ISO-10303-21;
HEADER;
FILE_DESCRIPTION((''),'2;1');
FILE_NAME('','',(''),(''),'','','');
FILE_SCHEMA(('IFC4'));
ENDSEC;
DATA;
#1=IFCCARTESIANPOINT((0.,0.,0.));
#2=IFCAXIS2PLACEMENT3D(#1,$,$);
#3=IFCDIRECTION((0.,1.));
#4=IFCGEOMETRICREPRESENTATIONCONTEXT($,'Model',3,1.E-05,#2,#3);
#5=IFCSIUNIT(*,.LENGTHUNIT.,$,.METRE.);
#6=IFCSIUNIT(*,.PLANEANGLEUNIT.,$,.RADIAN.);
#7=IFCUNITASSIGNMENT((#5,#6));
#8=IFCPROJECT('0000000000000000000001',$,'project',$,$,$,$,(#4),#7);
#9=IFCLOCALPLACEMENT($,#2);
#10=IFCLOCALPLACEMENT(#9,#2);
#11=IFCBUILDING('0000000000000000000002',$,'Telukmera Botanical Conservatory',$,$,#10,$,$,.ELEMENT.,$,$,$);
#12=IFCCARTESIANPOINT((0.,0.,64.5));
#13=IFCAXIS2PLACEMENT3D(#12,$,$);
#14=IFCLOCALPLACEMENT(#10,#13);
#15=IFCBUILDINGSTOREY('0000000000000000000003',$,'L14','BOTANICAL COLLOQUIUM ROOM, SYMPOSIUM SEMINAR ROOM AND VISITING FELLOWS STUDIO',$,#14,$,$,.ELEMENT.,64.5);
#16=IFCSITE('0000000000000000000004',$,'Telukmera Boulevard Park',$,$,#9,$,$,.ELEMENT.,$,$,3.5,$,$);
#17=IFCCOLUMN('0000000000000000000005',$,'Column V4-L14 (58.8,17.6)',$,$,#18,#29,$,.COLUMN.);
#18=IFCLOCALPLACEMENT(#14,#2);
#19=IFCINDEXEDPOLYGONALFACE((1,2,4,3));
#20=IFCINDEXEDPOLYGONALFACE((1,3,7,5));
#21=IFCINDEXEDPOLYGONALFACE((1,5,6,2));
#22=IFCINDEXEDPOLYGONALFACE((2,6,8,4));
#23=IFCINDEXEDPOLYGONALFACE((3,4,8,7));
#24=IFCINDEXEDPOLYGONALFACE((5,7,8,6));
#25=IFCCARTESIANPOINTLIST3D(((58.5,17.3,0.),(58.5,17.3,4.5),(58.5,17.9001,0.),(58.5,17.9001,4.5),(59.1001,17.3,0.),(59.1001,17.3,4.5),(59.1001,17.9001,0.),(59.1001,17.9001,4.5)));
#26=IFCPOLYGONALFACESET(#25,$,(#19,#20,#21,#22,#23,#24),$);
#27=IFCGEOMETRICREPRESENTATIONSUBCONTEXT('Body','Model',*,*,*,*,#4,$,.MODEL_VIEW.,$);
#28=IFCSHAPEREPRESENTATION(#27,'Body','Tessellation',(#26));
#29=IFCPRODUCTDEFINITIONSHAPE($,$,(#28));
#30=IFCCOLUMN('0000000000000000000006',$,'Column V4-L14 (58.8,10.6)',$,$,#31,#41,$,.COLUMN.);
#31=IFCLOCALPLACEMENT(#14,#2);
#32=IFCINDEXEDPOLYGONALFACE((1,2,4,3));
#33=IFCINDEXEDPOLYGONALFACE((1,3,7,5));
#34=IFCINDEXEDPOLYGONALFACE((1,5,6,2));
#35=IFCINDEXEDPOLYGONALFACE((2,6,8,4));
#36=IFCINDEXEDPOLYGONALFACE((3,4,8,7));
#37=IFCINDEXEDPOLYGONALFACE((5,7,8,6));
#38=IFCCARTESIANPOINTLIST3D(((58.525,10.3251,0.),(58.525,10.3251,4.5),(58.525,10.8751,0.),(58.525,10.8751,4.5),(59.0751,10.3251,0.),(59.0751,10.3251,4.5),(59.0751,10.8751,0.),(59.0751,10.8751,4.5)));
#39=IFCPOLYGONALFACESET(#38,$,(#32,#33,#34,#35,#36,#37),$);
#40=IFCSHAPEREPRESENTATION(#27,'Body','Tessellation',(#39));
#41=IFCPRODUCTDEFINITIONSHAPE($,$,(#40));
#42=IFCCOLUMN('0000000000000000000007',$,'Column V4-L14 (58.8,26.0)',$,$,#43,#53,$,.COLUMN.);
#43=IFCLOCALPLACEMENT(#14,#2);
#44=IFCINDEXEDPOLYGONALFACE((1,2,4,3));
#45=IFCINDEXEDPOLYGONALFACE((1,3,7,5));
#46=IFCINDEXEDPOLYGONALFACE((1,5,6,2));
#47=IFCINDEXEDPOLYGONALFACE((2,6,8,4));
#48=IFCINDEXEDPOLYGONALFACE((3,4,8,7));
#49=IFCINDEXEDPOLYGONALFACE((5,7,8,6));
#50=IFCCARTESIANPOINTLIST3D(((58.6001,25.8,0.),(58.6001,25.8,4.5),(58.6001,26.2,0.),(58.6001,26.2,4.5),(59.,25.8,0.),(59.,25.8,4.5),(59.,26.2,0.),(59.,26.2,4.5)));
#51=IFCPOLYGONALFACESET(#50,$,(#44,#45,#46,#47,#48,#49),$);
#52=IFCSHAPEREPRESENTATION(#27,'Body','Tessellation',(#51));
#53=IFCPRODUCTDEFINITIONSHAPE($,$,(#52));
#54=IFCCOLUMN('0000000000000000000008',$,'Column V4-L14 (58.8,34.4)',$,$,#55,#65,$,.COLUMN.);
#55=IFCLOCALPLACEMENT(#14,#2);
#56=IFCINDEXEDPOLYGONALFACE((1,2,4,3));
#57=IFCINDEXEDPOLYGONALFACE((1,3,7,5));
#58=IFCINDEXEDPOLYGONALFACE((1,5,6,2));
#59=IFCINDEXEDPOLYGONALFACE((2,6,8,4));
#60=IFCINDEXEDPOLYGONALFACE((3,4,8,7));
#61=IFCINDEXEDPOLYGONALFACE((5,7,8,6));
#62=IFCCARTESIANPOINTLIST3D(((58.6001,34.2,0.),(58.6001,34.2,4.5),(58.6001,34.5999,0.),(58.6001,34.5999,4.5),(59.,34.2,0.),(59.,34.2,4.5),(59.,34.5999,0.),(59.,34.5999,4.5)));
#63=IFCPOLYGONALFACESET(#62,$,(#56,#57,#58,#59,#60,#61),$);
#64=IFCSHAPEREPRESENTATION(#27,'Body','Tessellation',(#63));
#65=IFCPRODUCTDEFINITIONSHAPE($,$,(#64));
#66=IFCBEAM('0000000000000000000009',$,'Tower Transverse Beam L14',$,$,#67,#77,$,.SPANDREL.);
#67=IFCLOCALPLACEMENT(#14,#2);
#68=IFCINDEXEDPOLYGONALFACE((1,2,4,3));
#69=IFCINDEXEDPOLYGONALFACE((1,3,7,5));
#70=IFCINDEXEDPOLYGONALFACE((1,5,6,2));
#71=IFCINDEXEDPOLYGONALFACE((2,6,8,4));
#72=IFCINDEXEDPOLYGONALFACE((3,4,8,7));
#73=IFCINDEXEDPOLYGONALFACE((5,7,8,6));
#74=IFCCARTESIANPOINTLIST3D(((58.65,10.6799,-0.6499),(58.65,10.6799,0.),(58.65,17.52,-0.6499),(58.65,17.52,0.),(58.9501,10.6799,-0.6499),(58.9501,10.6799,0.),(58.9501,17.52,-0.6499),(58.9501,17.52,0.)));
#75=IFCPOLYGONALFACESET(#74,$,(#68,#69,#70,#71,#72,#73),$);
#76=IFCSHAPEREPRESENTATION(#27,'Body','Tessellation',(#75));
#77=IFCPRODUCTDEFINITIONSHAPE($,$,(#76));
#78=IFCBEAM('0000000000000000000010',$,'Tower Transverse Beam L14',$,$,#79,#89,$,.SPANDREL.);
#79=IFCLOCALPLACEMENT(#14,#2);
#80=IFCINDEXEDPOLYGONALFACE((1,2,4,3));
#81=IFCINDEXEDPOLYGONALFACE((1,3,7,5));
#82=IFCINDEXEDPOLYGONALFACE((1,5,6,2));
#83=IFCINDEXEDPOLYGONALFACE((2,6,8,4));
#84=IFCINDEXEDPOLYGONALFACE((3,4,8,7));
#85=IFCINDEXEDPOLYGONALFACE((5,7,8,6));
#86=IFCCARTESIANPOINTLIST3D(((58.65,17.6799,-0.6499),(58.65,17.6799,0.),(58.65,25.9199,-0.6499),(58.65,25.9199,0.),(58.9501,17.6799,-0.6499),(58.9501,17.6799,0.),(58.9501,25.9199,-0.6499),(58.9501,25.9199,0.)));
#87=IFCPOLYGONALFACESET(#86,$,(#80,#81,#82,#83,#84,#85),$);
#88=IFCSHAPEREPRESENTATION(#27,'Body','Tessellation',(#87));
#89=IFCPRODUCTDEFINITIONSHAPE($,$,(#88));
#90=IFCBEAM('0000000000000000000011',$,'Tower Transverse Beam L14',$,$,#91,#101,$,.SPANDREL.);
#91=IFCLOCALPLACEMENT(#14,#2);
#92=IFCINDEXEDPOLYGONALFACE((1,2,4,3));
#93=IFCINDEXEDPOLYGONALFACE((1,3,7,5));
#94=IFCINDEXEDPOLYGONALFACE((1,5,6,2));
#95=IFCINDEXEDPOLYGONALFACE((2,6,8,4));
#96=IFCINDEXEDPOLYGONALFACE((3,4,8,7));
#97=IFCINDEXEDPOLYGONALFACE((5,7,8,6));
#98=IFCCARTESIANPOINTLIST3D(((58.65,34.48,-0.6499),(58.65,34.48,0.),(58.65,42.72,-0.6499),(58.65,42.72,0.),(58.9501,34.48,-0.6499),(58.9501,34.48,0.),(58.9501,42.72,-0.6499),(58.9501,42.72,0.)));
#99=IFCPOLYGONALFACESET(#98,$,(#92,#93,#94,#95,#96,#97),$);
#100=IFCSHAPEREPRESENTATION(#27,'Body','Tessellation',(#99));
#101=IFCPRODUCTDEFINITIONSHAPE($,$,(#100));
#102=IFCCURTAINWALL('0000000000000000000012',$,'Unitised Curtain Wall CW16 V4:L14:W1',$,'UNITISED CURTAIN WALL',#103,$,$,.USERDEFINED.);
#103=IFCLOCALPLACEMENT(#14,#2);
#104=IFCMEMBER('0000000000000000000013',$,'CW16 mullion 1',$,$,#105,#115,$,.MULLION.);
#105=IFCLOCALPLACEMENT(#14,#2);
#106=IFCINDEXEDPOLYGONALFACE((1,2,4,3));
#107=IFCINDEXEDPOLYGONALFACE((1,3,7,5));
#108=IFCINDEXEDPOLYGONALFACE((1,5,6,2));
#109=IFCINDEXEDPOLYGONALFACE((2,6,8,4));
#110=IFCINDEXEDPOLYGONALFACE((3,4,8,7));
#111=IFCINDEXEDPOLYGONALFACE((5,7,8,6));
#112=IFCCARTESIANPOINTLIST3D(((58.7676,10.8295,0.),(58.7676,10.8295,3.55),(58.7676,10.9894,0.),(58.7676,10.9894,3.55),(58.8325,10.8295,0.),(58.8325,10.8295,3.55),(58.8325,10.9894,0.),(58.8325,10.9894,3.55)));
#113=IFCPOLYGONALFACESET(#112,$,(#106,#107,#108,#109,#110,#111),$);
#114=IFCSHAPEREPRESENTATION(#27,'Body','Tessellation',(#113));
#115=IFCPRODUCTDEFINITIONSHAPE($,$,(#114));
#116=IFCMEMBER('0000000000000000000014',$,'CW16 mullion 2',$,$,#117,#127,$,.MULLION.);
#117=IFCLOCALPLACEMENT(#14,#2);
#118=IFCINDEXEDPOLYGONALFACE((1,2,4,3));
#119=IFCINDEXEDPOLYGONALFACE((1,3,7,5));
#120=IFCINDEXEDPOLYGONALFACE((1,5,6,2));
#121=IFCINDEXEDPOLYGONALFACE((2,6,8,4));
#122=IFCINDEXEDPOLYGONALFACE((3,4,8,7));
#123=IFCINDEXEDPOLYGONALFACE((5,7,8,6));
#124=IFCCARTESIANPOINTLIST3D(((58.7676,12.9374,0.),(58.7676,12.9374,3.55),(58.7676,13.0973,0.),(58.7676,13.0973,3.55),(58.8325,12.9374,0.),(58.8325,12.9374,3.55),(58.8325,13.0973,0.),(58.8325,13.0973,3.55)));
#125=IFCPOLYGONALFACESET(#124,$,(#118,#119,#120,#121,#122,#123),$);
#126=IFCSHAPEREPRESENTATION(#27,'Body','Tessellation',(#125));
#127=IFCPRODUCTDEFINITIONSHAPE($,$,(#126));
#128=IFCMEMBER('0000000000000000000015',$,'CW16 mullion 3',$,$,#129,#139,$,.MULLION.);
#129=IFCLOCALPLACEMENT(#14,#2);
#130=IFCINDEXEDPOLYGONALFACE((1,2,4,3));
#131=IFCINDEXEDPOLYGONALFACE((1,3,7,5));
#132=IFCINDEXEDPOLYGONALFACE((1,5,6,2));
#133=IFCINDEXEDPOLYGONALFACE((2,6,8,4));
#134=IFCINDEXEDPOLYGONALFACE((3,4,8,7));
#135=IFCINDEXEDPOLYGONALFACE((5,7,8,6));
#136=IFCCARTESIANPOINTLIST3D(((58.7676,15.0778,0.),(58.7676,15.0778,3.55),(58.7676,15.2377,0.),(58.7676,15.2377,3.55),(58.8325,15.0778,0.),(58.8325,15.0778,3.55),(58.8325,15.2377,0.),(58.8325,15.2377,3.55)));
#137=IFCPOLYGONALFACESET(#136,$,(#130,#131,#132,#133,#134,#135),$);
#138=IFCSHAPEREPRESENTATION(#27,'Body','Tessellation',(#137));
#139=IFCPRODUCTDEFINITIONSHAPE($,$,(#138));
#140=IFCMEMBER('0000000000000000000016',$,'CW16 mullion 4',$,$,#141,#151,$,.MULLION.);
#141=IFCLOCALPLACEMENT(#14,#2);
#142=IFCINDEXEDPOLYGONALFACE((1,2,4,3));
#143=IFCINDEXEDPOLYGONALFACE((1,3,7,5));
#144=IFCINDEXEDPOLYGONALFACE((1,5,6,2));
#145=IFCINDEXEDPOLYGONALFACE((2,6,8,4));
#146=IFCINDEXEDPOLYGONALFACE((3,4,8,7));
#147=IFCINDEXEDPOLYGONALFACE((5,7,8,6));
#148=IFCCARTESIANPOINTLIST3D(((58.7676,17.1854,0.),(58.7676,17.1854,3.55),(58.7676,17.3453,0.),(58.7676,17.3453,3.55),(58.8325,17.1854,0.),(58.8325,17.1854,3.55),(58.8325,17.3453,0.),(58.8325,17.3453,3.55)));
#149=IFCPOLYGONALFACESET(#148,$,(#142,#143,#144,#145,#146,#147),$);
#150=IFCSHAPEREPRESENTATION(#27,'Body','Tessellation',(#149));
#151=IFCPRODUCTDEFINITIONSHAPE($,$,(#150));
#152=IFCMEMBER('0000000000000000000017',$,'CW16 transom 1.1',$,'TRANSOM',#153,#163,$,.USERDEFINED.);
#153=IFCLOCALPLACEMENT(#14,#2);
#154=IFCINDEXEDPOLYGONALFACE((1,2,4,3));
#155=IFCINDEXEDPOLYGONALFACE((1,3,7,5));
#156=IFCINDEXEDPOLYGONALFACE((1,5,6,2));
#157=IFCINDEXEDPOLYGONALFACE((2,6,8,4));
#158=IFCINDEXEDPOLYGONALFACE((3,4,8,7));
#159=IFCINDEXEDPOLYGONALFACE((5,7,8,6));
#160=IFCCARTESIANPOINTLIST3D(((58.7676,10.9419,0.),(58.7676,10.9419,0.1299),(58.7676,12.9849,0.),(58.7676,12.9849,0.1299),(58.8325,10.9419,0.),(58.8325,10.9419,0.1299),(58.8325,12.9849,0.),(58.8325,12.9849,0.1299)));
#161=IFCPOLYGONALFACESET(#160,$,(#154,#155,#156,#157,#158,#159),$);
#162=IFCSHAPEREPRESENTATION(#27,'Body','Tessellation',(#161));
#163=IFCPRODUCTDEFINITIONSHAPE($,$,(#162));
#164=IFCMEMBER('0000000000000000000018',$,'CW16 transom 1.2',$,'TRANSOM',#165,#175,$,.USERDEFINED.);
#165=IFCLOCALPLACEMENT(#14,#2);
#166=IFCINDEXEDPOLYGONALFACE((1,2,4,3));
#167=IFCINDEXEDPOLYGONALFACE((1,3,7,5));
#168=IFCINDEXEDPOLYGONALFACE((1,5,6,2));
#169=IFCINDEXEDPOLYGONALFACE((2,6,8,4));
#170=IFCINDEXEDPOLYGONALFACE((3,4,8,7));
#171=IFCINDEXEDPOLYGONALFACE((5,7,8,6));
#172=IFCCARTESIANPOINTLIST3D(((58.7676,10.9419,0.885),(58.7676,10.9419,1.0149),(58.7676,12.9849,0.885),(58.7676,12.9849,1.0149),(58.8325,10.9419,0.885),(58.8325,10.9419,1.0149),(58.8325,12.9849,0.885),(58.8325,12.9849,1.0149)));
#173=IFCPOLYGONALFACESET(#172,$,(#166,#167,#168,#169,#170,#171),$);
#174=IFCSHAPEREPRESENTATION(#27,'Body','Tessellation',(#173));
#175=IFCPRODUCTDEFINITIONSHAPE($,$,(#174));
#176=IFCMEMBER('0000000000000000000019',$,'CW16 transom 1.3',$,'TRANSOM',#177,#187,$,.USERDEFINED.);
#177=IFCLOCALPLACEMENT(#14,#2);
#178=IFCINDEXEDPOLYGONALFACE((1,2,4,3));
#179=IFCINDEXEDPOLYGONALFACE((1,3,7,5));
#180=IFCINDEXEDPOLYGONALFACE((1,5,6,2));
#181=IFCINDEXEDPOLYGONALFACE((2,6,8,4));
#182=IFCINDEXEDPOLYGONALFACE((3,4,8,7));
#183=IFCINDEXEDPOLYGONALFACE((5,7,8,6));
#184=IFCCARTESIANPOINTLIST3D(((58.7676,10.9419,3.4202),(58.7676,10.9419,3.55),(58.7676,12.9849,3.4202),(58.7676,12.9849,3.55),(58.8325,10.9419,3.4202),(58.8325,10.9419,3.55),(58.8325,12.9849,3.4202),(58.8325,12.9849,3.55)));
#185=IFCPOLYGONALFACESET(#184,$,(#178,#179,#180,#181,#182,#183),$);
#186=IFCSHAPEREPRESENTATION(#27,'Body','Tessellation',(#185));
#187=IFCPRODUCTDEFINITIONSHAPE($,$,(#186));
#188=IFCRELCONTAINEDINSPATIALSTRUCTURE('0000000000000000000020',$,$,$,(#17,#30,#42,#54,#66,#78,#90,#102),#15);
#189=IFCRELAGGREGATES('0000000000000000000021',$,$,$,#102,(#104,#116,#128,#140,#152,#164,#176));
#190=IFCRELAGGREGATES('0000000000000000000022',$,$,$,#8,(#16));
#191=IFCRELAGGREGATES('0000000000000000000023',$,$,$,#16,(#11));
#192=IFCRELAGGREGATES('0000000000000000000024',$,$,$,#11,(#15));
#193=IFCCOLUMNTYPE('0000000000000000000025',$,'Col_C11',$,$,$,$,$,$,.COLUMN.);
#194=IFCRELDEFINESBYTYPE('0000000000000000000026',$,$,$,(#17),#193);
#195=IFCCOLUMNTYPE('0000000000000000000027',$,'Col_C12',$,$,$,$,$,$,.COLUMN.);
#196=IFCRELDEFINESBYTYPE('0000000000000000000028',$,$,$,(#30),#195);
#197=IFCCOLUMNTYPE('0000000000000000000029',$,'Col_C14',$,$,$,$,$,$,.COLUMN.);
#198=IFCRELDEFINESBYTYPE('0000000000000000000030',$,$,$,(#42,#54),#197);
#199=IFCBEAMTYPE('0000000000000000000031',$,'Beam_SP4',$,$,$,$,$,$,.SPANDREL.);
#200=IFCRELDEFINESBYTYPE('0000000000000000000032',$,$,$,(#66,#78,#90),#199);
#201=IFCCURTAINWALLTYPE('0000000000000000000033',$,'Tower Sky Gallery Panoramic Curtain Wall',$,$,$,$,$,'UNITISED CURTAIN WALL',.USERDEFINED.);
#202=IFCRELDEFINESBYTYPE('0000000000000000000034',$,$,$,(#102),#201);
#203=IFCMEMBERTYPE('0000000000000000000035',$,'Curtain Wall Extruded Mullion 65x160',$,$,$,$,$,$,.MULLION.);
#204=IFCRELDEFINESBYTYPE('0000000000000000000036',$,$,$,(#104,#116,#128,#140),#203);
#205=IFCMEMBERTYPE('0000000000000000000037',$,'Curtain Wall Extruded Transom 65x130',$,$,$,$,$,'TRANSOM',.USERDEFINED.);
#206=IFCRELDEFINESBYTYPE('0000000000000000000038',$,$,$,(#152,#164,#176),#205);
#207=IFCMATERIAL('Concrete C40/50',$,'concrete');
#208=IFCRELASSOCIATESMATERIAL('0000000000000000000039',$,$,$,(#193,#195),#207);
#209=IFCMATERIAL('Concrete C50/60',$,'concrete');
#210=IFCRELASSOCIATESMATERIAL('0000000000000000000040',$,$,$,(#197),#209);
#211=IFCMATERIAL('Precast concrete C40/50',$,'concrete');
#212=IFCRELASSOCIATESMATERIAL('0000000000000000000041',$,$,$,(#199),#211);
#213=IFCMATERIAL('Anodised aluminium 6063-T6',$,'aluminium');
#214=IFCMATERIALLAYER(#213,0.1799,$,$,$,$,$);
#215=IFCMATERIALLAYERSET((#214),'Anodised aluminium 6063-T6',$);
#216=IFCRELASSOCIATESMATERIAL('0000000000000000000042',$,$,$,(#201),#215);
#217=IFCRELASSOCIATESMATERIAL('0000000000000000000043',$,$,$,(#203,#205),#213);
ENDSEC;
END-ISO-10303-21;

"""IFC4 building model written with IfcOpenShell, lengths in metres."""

from ifc_helpers import new_model, si_unit, direction, frame, origin, origin_2d, place, context, subcontext, project, spatial, rectangle, extrude, material, layer, layer_set, material_profile, profile_set, type_object, element, aggregate, save


model = new_model("IFC4")

# Units and contexts
model_context = context("Model", 3, precision=1e-05, world=origin(), true_north=direction((0.0, 1.0)))
body_context = subcontext(model_context, "Body", "Model", "MODEL_VIEW")
ifc_project = project(units=[si_unit("LENGTHUNIT", "METRE"), si_unit("PLANEANGLEUNIT", "RADIAN")], contexts=[model_context])

# Site, building, storey
site_placement = place(None, origin())
site = spatial("IfcSite", under=ifc_project, at=site_placement, Name="Telukmera Boulevard Park", CompositionType="ELEMENT", RefElevation=3.5)
building_placement = place(site_placement, origin())
building = spatial("IfcBuilding", under=site, at=building_placement, Name="Telukmera Botanical Conservatory", CompositionType="ELEMENT")
storey_placement = place(building_placement, frame((0.0, 0.0, 64.5)))
storey = spatial("IfcBuildingStorey", under=building, at=storey_placement, Name="L14", Description="BOTANICAL COLLOQUIUM ROOM, SYMPOSIUM SEMINAR ROOM AND VISITING FELLOWS STUDIO", CompositionType="ELEMENT", Elevation=64.5)

# Columns
ifc_material_1 = material(Name="Concrete C40/50", Category="concrete")
ifc_material_profile_1 = material_profile(ifc_material_1, rectangle(XDim=0.6001, YDim=0.6001, at=origin_2d()), Name="RC 600x600")
ifc_profile_set_1 = profile_set([ifc_material_profile_1], Name="Concrete C40/50")
column_type_1 = type_object("IfcColumnType", Name="Col_C11", PredefinedType="COLUMN", material=ifc_profile_set_1)
column_1_placement = place(storey_placement, frame((58.8, 17.6001, 0.0), z_axis=(0.0, 0.0, 1.0), x_axis=(1.0, 0.0, 0.0)))
element("IfcColumn", 1, at=column_1_placement, inside=storey, type_object=column_type_1, Name="Column V4-L14 (58.8,17.6)", PredefinedType="COLUMN", context=body_context, shape_type="SweptSolid", body=[
    extrude(rectangle(XDim=0.6001, YDim=0.6001, at=origin_2d()), origin(), (0.0, 0.0, 1.0), 4.5),
])
ifc_material_profile_2 = material_profile(ifc_material_1, rectangle(XDim=0.55, YDim=0.55, at=origin_2d()), Name="RC 550x550")
ifc_profile_set_2 = profile_set([ifc_material_profile_2], Name="Concrete C40/50")
column_type_2 = type_object("IfcColumnType", Name="Col_C12", PredefinedType="COLUMN", material=ifc_profile_set_2)
column_2_placement = place(storey_placement, frame((58.8, 10.6001, 0.0), z_axis=(0.0, 0.0, 1.0), x_axis=(1.0, 0.0, 0.0)))
element("IfcColumn", 2, at=column_2_placement, inside=storey, type_object=column_type_2, Name="Column V4-L14 (58.8,10.6)", PredefinedType="COLUMN", context=body_context, shape_type="SweptSolid", body=[
    extrude(rectangle(XDim=0.55, YDim=0.55, at=origin_2d()), origin(), (0.0, 0.0, 1.0), 4.5),
])
ifc_material_2 = material(Name="Concrete C50/60", Category="concrete")
ifc_material_profile_3 = material_profile(ifc_material_2, rectangle(XDim=0.3999, YDim=0.3999, at=origin_2d()), Name="RC 400x400")
ifc_profile_set_3 = profile_set([ifc_material_profile_3], Name="Concrete C50/60")
column_type_3 = type_object("IfcColumnType", Name="Col_C14", PredefinedType="COLUMN", material=ifc_profile_set_3)
for number, where, z_axis, x_axis, name in (
    (3, (58.8, 26.0, 0.0), (0.0, 0.0, 1.0), (1.0, 0.0, 0.0), "Column V4-L14 (58.8,26.0)"),
    (4, (58.8, 34.3999, 0.0), (0.0, 0.0, 1.0), (1.0, 0.0, 0.0), "Column V4-L14 (58.8,34.4)"),
):
    element("IfcColumn", number, at=place(storey_placement, frame(where, z_axis=z_axis, x_axis=x_axis)), inside=storey, type_object=column_type_3, Name=name, PredefinedType="COLUMN", context=body_context, shape_type="SweptSolid", body=[
        extrude(rectangle(XDim=0.3999, YDim=0.3999, at=origin_2d()), origin(), (0.0, 0.0, 1.0), 4.5),
    ])

# Beams
ifc_material_3 = material(Name="Precast concrete C40/50", Category="concrete")
ifc_material_profile_4 = material_profile(ifc_material_3, rectangle(XDim=0.3, YDim=0.6499, at=origin_2d()), Name="PC 300x650")
ifc_profile_set_4 = profile_set([ifc_material_profile_4], Name="Precast concrete C40/50")
beam_type = type_object("IfcBeamType", Name="Beam_SP4", PredefinedType="SPANDREL", material=ifc_profile_set_4)
beam_placement = place(storey_placement, frame((58.8, 10.6799, -0.325), z_axis=(0.0, 1.0, 0.0), x_axis=(-1.0, 0.0, 0.0)))
element("IfcBeam", 5, at=beam_placement, inside=storey, type_object=beam_type, Name="Tower Transverse Beam L14", PredefinedType="SPANDREL", context=body_context, shape_type="SweptSolid", body=[
    extrude(rectangle(XDim=0.3, YDim=0.6499, at=origin_2d()), origin(), (0.0, 0.0, 1.0), 6.8401),
])
for number, where, z_axis, x_axis, name in (
    (6, (58.8, 17.6799, -0.325), (0.0, 1.0, 0.0), (-1.0, 0.0, 0.0), "Tower Transverse Beam L14"),
    (7, (58.8, 34.48, -0.325), (0.0, 1.0, 0.0), (-1.0, 0.0, 0.0), "Tower Transverse Beam L14"),
):
    element("IfcBeam", number, at=place(storey_placement, frame(where, z_axis=z_axis, x_axis=x_axis)), inside=storey, type_object=beam_type, Name=name, PredefinedType="SPANDREL", context=body_context, shape_type="SweptSolid", body=[
        extrude(rectangle(XDim=0.3, YDim=0.6499, at=origin_2d()), origin(), (0.0, 0.0, 1.0), 8.24),
    ])

# Curtain wall, members
ifc_material_4 = material(Name="Anodised aluminium 6063-T6", Category="aluminium")
ifc_layer_1 = layer(ifc_material_4, 0.1799)
ifc_layer_set_1 = layer_set([ifc_layer_1], Name="Anodised aluminium 6063-T6")
curtain_wall_type = type_object("IfcCurtainWallType", Name="Tower Sky Gallery Panoramic Curtain Wall", ElementType="UNITISED CURTAIN WALL", PredefinedType="USERDEFINED", material=ifc_layer_set_1)
curtain_wall_placement = place(storey_placement, origin())
curtain_wall = element("IfcCurtainWall", 8, at=curtain_wall_placement, inside=storey, type_object=curtain_wall_type, Name="Unitised Curtain Wall CW16 V4:L14:W1", ObjectType="UNITISED CURTAIN WALL", PredefinedType="USERDEFINED")
ifc_material_profile_5 = material_profile(ifc_material_4, rectangle(XDim=0.0649, YDim=0.1599, at=origin_2d()), Name="ALU MULL 65x160")
ifc_profile_set_5 = profile_set([ifc_material_profile_5], Name="Anodised aluminium 6063-T6")
member_type_1 = type_object("IfcMemberType", Name="Curtain Wall Extruded Mullion 65x160", PredefinedType="MULLION", material=ifc_profile_set_5)
member_1_placement = place(storey_placement, frame((58.8, 10.9094, 0.0), z_axis=(0.0, 0.0, 1.0), x_axis=(-1.0, 0.0, 0.0)))
member_1 = element("IfcMember", 9, at=member_1_placement, type_object=member_type_1, Name="CW16 mullion 1", PredefinedType="MULLION", context=body_context, shape_type="SweptSolid", body=[
    extrude(rectangle(XDim=0.0649, YDim=0.1599, at=origin_2d()), origin(), (0.0, 0.0, 1.0), 3.55),
])
member_2_placement = place(storey_placement, frame((58.8, 13.0173, 0.0), z_axis=(0.0, 0.0, 1.0), x_axis=(-1.0, 0.0, 0.0)))
member_2 = element("IfcMember", 10, at=member_2_placement, type_object=member_type_1, Name="CW16 mullion 2", PredefinedType="MULLION", context=body_context, shape_type="SweptSolid", body=[
    extrude(rectangle(XDim=0.0649, YDim=0.1599, at=origin_2d()), origin(), (0.0, 0.0, 1.0), 3.55),
])
member_3_placement = place(storey_placement, frame((58.8, 15.1577, 0.0), z_axis=(0.0, 0.0, 1.0), x_axis=(-1.0, 0.0, 0.0)))
member_3 = element("IfcMember", 11, at=member_3_placement, type_object=member_type_1, Name="CW16 mullion 3", PredefinedType="MULLION", context=body_context, shape_type="SweptSolid", body=[
    extrude(rectangle(XDim=0.0649, YDim=0.1599, at=origin_2d()), origin(), (0.0, 0.0, 1.0), 3.55),
])
member_4_placement = place(storey_placement, frame((58.8, 17.2654, 0.0), z_axis=(0.0, 0.0, 1.0), x_axis=(-1.0, 0.0, 0.0)))
member_4 = element("IfcMember", 12, at=member_4_placement, type_object=member_type_1, Name="CW16 mullion 4", PredefinedType="MULLION", context=body_context, shape_type="SweptSolid", body=[
    extrude(rectangle(XDim=0.0649, YDim=0.1599, at=origin_2d()), origin(), (0.0, 0.0, 1.0), 3.55),
])
ifc_material_profile_6 = material_profile(ifc_material_4, rectangle(XDim=0.0649, YDim=0.1299, at=origin_2d()), Name="ALU TRAN 65x130")
ifc_profile_set_6 = profile_set([ifc_material_profile_6], Name="Anodised aluminium 6063-T6")
member_type_2 = type_object("IfcMemberType", Name="Curtain Wall Extruded Transom 65x130", ElementType="TRANSOM", PredefinedType="USERDEFINED", material=ifc_profile_set_6)
member_5_placement = place(storey_placement, frame((58.8, 10.9419, 0.0649), z_axis=(0.0, 1.0, 0.0), x_axis=(-1.0, 0.0, 0.0)))
member_5 = element("IfcMember", 13, at=member_5_placement, type_object=member_type_2, Name="CW16 transom 1.1", ObjectType="TRANSOM", PredefinedType="USERDEFINED", context=body_context, shape_type="SweptSolid", body=[
    extrude(rectangle(XDim=0.0649, YDim=0.1299, at=origin_2d()), origin(), (0.0, 0.0, 1.0), 2.043),
])
member_6_placement = place(storey_placement, frame((58.8, 10.9419, 0.95), z_axis=(0.0, 1.0, 0.0), x_axis=(-1.0, 0.0, 0.0)))
member_6 = element("IfcMember", 14, at=member_6_placement, type_object=member_type_2, Name="CW16 transom 1.2", ObjectType="TRANSOM", PredefinedType="USERDEFINED", context=body_context, shape_type="SweptSolid", body=[
    extrude(rectangle(XDim=0.0649, YDim=0.1299, at=origin_2d()), origin(), (0.0, 0.0, 1.0), 2.043),
])
member_7_placement = place(storey_placement, frame((58.8, 10.9419, 3.4851), z_axis=(0.0, 1.0, 0.0), x_axis=(-1.0, 0.0, 0.0)))
member_7 = element("IfcMember", 15, at=member_7_placement, type_object=member_type_2, Name="CW16 transom 1.3", ObjectType="TRANSOM", PredefinedType="USERDEFINED", context=body_context, shape_type="SweptSolid", body=[
    extrude(rectangle(XDim=0.0649, YDim=0.1299, at=origin_2d()), origin(), (0.0, 0.0, 1.0), 2.043),
])
aggregate(curtain_wall, [member_1, member_2, member_3, member_4, member_5, member_6, member_7])

save(model, "model.ifc")
